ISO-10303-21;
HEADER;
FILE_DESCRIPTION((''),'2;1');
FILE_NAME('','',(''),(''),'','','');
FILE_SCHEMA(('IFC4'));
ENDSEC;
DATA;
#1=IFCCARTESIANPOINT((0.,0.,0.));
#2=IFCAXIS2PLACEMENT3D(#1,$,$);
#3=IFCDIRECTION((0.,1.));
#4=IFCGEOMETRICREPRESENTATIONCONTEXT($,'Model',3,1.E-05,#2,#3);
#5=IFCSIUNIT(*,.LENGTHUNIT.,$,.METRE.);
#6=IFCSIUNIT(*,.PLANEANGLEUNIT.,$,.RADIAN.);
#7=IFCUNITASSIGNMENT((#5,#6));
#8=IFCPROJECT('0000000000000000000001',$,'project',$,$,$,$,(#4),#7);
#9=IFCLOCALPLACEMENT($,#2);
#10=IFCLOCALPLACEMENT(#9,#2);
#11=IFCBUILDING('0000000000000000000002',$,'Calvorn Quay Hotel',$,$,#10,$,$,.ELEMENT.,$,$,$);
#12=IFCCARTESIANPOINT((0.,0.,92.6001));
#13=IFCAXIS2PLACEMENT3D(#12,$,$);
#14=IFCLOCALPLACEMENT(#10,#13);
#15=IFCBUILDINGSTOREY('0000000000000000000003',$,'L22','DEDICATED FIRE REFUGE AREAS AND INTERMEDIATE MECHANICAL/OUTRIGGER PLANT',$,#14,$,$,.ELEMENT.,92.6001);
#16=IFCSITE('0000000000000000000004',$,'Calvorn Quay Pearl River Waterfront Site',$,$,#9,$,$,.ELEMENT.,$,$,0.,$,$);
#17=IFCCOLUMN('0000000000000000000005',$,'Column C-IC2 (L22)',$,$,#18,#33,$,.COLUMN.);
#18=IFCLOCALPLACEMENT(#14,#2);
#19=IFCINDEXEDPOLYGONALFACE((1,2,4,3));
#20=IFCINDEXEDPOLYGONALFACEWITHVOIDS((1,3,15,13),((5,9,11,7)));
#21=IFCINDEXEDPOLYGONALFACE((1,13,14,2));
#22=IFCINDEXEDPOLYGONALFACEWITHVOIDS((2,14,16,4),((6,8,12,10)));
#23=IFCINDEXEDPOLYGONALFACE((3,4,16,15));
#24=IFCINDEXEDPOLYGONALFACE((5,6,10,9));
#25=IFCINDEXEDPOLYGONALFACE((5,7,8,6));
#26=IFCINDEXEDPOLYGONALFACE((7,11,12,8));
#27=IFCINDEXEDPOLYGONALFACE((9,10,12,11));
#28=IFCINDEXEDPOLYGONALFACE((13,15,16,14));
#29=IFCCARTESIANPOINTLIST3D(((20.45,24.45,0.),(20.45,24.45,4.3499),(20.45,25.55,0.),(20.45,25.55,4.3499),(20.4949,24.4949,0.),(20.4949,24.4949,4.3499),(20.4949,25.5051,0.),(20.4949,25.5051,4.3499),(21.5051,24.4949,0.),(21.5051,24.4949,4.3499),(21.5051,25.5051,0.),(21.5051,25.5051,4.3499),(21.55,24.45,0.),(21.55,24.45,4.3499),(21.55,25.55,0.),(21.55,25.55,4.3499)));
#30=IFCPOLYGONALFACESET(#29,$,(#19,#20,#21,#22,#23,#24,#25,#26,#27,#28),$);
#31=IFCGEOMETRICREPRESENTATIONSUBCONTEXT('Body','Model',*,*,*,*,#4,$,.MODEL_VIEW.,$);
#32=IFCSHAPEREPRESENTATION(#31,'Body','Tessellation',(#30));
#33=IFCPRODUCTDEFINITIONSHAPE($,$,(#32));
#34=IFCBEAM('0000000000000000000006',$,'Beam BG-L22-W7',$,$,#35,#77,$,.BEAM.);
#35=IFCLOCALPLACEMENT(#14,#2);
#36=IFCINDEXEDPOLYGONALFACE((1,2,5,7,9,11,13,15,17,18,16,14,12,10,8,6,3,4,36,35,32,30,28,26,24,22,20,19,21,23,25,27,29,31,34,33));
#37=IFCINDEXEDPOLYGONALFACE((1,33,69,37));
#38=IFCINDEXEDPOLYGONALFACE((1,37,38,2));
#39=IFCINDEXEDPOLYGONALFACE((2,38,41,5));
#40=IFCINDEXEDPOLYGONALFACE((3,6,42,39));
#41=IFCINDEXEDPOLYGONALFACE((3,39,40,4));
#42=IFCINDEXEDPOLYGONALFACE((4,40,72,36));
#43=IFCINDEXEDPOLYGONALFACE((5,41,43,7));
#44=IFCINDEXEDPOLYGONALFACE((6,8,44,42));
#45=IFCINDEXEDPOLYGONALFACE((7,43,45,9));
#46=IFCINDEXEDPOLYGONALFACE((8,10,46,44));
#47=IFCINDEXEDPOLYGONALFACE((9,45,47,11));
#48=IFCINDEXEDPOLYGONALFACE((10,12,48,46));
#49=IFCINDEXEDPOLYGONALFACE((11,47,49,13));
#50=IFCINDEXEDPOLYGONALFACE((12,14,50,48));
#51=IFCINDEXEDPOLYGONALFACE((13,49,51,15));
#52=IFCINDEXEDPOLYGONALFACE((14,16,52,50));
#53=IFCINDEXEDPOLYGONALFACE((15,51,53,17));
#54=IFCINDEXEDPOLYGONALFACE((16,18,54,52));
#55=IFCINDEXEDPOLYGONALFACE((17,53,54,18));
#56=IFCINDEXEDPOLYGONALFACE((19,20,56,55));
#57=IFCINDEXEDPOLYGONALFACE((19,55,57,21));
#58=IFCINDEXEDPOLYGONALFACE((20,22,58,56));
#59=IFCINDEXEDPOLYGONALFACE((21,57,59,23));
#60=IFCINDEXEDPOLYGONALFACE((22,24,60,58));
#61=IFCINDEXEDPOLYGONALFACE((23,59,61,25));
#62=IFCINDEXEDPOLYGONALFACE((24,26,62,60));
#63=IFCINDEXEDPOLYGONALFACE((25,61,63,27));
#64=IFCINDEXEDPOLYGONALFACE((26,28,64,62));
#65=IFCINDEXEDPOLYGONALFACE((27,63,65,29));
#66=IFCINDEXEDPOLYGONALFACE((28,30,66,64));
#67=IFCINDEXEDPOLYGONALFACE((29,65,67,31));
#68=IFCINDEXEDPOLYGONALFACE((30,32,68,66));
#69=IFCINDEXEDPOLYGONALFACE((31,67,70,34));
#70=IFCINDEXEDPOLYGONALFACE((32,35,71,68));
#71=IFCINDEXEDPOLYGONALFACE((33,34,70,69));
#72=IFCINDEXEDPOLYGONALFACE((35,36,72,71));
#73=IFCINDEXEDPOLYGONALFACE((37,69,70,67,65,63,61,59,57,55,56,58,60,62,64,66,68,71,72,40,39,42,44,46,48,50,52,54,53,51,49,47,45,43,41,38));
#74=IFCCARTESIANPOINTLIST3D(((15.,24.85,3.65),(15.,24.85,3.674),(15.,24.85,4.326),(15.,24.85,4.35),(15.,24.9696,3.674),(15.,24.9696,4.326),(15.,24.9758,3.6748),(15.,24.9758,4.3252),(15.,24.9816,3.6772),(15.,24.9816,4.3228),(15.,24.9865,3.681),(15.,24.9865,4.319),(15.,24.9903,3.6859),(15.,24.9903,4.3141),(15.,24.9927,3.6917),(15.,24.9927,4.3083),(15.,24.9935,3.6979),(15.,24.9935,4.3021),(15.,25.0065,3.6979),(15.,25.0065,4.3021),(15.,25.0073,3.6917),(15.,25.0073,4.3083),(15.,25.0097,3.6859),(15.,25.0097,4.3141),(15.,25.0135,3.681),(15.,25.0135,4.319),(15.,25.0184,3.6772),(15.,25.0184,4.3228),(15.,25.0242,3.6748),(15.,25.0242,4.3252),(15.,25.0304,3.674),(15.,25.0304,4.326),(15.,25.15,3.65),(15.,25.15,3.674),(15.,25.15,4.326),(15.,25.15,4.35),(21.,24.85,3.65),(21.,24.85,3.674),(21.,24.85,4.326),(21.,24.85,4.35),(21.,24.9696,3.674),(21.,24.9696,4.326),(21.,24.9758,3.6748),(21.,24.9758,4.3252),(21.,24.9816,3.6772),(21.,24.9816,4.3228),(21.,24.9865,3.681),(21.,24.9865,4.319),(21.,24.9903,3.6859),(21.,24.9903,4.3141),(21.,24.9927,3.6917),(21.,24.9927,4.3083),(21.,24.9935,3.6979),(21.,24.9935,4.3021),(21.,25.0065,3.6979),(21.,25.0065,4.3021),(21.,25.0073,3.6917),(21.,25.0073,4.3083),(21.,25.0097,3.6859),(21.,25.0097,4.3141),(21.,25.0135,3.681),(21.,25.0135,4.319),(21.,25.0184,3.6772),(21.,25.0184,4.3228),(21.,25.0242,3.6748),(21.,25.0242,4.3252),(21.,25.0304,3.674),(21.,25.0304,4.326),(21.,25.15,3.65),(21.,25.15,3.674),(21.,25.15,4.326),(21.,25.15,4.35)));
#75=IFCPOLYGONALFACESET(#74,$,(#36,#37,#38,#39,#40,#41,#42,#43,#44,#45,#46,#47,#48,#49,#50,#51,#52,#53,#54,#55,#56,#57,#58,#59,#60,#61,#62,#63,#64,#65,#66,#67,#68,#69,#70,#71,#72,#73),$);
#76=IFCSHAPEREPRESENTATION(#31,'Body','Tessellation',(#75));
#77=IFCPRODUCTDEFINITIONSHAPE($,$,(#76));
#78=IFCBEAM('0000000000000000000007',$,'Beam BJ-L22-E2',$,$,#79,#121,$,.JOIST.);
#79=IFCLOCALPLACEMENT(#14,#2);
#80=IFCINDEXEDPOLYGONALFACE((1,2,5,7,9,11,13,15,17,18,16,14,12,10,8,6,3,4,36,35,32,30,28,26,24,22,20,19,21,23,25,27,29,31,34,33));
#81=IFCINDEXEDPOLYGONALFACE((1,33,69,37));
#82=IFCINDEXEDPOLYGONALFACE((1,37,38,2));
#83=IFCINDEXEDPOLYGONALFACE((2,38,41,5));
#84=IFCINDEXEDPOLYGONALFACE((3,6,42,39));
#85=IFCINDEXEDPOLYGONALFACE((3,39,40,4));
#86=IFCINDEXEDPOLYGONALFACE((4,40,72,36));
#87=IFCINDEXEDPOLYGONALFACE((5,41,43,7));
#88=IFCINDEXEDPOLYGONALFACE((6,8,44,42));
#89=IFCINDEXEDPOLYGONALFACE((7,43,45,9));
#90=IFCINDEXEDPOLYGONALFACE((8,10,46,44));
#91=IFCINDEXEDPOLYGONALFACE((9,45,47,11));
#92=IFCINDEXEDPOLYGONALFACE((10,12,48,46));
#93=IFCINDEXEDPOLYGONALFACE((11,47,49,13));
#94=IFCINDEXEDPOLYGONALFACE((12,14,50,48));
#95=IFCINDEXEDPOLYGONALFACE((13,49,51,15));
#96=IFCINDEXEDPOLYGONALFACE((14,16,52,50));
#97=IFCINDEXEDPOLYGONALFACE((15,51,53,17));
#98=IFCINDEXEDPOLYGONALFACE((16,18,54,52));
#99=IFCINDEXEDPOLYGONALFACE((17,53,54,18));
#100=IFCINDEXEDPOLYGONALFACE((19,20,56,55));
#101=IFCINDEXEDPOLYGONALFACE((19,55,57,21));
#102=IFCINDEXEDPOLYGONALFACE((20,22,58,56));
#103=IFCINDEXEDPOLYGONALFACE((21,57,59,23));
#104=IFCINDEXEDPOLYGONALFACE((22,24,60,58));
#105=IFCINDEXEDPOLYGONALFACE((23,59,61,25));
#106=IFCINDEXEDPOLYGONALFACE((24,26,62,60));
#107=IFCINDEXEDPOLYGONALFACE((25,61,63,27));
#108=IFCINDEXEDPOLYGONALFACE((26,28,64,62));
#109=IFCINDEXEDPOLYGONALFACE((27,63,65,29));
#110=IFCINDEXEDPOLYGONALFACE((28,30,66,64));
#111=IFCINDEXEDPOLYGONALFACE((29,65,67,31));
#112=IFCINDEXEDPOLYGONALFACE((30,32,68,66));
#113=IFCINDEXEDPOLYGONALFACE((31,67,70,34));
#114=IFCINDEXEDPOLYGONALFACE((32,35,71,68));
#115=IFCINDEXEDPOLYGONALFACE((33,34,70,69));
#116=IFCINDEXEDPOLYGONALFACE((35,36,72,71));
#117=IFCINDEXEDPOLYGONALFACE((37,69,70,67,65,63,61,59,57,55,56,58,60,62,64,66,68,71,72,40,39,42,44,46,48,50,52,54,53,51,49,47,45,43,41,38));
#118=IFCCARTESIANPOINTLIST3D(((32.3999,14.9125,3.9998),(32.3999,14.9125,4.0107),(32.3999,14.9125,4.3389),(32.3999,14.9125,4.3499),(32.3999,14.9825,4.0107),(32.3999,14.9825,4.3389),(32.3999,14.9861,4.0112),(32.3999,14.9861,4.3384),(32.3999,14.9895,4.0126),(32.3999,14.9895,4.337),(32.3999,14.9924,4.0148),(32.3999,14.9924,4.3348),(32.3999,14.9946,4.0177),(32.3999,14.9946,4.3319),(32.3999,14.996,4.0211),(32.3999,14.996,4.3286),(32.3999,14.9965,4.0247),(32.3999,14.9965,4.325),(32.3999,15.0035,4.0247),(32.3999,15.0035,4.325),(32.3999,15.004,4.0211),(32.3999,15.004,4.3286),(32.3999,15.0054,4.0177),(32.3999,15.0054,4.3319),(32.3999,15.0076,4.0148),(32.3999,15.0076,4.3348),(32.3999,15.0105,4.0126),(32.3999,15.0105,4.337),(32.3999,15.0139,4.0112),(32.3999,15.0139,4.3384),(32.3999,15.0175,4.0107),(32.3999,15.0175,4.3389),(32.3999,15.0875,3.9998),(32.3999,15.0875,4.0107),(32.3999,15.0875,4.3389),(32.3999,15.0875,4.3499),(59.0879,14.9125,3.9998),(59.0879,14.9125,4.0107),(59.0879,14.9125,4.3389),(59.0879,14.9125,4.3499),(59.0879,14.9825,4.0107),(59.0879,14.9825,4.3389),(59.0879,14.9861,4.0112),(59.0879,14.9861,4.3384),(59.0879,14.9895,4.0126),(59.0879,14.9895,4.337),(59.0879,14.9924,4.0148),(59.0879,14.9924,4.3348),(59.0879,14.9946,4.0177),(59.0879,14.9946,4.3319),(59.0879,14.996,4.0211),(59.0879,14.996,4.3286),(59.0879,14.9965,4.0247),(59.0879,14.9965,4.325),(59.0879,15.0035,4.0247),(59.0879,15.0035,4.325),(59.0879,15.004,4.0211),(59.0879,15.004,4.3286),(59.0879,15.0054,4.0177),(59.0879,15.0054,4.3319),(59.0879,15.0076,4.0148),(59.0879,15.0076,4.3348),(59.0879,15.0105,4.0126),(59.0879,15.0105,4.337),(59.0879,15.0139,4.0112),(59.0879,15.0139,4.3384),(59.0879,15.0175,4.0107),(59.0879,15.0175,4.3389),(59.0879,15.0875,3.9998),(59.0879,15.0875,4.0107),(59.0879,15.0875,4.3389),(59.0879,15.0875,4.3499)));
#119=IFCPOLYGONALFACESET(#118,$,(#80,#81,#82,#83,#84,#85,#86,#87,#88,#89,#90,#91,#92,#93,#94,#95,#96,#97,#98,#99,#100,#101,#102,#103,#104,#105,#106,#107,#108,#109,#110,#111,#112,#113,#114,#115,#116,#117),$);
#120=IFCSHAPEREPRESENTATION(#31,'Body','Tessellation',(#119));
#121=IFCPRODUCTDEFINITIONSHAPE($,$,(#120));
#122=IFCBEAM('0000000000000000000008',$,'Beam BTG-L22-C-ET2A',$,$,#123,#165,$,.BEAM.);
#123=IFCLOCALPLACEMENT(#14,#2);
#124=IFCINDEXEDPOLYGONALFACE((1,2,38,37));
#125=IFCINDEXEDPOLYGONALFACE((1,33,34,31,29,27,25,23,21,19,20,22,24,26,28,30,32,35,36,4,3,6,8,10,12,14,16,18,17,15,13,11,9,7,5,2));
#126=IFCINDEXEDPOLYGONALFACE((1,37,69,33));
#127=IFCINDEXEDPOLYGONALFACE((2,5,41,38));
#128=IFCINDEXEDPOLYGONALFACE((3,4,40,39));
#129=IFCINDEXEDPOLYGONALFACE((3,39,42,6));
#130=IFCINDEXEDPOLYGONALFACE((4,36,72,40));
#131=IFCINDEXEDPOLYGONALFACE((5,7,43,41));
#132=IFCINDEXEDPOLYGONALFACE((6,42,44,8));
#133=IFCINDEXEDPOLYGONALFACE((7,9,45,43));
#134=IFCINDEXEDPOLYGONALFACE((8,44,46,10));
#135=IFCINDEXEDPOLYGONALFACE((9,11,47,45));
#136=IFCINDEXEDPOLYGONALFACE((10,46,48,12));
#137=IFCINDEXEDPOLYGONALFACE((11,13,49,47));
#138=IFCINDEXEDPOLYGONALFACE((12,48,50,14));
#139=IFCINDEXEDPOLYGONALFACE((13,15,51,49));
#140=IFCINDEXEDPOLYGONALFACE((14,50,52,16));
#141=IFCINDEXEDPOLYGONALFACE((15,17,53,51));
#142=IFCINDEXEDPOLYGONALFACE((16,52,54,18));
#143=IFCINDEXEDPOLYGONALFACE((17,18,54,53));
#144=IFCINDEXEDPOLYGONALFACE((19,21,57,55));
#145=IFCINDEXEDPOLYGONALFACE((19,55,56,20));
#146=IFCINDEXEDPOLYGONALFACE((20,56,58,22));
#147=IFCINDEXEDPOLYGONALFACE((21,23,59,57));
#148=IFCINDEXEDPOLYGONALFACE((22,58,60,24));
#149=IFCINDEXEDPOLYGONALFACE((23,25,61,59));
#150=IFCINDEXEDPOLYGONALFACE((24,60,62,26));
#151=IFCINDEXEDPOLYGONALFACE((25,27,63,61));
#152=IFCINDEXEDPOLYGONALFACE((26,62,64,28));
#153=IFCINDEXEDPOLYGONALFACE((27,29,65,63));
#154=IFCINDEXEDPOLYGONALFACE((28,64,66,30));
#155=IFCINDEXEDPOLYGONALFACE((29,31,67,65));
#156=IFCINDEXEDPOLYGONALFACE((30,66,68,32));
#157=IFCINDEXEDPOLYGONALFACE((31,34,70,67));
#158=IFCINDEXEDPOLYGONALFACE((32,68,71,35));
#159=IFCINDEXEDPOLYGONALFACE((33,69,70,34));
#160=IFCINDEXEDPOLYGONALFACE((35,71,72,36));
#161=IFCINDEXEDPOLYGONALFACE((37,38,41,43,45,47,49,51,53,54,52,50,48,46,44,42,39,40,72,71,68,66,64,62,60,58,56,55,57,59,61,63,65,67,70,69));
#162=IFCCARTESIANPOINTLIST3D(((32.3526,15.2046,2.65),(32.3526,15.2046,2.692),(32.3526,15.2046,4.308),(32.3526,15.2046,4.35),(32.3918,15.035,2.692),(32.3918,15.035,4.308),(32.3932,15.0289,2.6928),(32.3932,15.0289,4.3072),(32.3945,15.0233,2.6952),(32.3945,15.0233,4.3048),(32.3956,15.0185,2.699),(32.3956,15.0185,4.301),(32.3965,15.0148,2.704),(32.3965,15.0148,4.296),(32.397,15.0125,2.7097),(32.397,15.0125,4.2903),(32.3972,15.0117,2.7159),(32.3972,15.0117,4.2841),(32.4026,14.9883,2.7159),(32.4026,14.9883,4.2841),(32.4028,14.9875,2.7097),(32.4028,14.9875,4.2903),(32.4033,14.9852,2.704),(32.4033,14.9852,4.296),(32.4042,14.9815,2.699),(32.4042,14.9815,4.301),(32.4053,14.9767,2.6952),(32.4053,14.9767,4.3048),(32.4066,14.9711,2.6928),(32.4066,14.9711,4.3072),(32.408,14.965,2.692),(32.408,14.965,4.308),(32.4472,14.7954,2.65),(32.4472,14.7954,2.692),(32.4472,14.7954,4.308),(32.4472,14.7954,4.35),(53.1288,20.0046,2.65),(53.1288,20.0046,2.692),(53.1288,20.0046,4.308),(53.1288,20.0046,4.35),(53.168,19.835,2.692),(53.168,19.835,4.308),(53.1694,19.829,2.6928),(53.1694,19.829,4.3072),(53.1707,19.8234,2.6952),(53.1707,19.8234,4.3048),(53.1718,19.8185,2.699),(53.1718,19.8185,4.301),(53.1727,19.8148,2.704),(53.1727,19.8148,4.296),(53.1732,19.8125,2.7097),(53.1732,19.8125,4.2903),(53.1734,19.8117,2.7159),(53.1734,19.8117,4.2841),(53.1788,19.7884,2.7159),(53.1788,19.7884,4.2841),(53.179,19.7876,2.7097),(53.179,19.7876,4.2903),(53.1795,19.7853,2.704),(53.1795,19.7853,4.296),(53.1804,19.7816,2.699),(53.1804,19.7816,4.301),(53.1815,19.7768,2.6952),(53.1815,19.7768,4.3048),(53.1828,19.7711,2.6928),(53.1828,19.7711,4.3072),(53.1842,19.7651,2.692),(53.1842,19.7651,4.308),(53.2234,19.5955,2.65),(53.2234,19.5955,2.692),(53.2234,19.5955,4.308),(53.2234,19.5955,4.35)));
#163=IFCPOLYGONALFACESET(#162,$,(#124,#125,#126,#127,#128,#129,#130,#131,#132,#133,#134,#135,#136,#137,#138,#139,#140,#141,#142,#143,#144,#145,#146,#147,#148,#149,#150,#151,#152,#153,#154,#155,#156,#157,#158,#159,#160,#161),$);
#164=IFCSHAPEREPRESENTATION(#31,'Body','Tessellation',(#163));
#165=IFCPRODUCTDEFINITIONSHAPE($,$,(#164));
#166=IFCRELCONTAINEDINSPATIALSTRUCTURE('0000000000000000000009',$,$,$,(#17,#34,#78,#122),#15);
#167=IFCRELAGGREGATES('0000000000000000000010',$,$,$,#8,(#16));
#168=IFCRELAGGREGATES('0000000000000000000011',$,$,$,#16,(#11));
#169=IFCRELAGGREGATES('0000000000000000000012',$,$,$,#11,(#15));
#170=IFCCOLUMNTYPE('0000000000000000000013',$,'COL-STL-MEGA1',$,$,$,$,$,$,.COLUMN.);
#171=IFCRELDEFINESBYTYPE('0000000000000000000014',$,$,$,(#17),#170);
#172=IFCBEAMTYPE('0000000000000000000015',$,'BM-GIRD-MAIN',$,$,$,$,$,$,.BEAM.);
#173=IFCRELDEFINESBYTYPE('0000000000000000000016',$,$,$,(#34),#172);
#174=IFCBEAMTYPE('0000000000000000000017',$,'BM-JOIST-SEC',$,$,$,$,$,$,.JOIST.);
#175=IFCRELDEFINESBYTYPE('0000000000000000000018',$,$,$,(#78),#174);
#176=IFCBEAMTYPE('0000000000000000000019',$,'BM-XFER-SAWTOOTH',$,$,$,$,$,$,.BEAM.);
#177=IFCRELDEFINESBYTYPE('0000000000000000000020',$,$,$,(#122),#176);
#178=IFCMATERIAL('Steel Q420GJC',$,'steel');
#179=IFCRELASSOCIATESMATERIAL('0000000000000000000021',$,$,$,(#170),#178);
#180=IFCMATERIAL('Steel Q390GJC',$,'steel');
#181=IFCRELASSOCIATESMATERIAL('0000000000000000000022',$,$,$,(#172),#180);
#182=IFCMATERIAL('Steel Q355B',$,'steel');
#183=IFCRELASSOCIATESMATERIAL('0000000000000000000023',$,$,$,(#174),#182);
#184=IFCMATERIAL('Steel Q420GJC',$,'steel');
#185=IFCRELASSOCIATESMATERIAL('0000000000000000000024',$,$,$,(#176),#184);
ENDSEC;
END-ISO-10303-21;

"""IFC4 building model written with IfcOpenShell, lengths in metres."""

from ifc_helpers import new_model, si_unit, direction, frame, origin, origin_2d, place, context, subcontext, project, spatial, hollow_rectangle, i_section, extrude, material, material_profile, profile_set, type_object, element, save


model = new_model("IFC4")

# Units and contexts
model_context = context("Model", 3, precision=1e-05, world=origin(), true_north=direction((0.0, 1.0)))
body_context = subcontext(model_context, "Body", "Model", "MODEL_VIEW")
ifc_project = project(units=[si_unit("LENGTHUNIT", "METRE"), si_unit("PLANEANGLEUNIT", "RADIAN")], contexts=[model_context])

# Site, building, storey
site_placement = place(None, origin())
site = spatial("IfcSite", under=ifc_project, at=site_placement, Name="Calvorn Quay Pearl River Waterfront Site", CompositionType="ELEMENT", RefElevation=0.0)
building_placement = place(site_placement, origin())
building = spatial("IfcBuilding", under=site, at=building_placement, Name="Calvorn Quay Hotel", CompositionType="ELEMENT")
storey_placement = place(building_placement, frame((0.0, 0.0, 92.6001)))
storey = spatial("IfcBuildingStorey", under=building, at=storey_placement, Name="L22", Description="DEDICATED FIRE REFUGE AREAS AND INTERMEDIATE MECHANICAL/OUTRIGGER PLANT", CompositionType="ELEMENT", Elevation=92.6001)

# Column
ifc_material_1 = material(Name="Steel Q420GJC", Category="steel")
ifc_material_profile_1 = material_profile(ifc_material_1, hollow_rectangle(XDim=1.1001, YDim=1.1001, WallThickness=0.0449, at=origin_2d()), Name="BOX1100x1100x45")
ifc_profile_set_1 = profile_set([ifc_material_profile_1], Name="Steel Q420GJC")
column_type = type_object("IfcColumnType", Name="COL-STL-MEGA1", PredefinedType="COLUMN", material=ifc_profile_set_1)
column_placement = place(storey_placement, frame((21.0, 25.0, 0.0), z_axis=(0.0, 0.0, 1.0), x_axis=(1.0, 0.0, 0.0)))
element("IfcColumn", 1, at=column_placement, inside=storey, type_object=column_type, Name="Column C-IC2 (L22)", PredefinedType="COLUMN", context=body_context, shape_type="SweptSolid", body=[
    extrude(hollow_rectangle(XDim=1.1001, YDim=1.1001, WallThickness=0.0449, at=origin_2d()), origin(), (0.0, 0.0, 1.0), 4.3499),
])

# Beams
ifc_material_2 = material(Name="Steel Q390GJC", Category="steel")
ifc_material_profile_2 = material_profile(ifc_material_2, i_section(OverallWidth=0.3, OverallDepth=0.7, WebThickness=0.0129, FlangeThickness=0.0239, FilletRadius=0.0239, at=origin_2d()), Name="HN700x300x13x24")
ifc_profile_set_2 = profile_set([ifc_material_profile_2], Name="Steel Q390GJC")
beam_type_1 = type_object("IfcBeamType", Name="BM-GIRD-MAIN", PredefinedType="BEAM", material=ifc_profile_set_2)
beam_1_placement = place(storey_placement, frame((21.0, 25.0, 4.0), z_axis=(-1.0, 0.0, 0.0), x_axis=(0.0, -1.0, 0.0)))
element("IfcBeam", 2, at=beam_1_placement, inside=storey, type_object=beam_type_1, Name="Beam BG-L22-W7", PredefinedType="BEAM", context=body_context, shape_type="SweptSolid", body=[
    extrude(i_section(OverallWidth=0.3, OverallDepth=0.7, WebThickness=0.0129, FlangeThickness=0.0239, FilletRadius=0.0239, at=origin_2d()), origin(), (0.0, 0.0, 1.0), 6.0),
])
ifc_material_3 = material(Name="Steel Q355B", Category="steel")
ifc_material_profile_3 = material_profile(ifc_material_3, i_section(OverallWidth=0.175, OverallDepth=0.3501, WebThickness=0.0071, FlangeThickness=0.011, FilletRadius=0.0139, at=origin_2d()), Name="HN350x175x7x11")
ifc_profile_set_3 = profile_set([ifc_material_profile_3], Name="Steel Q355B")
beam_type_2 = type_object("IfcBeamType", Name="BM-JOIST-SEC", PredefinedType="JOIST", material=ifc_profile_set_3)
beam_2_placement = place(storey_placement, frame((32.3999, 15.0, 4.1748), z_axis=(1.0, 0.0, 0.0), x_axis=(0.0, 1.0, 0.0)))
element("IfcBeam", 3, at=beam_2_placement, inside=storey, type_object=beam_type_2, Name="Beam BJ-L22-E2", PredefinedType="JOIST", context=body_context, shape_type="SweptSolid", body=[
    extrude(i_section(OverallWidth=0.175, OverallDepth=0.3501, WebThickness=0.0071, FlangeThickness=0.011, FilletRadius=0.0139, at=origin_2d()), origin(), (0.0, 0.0, 1.0), 26.688),
])
ifc_material_4 = material(Name="Steel Q420GJC", Category="steel")
ifc_material_profile_4 = material_profile(ifc_material_4, i_section(OverallWidth=0.4199, OverallDepth=1.7, WebThickness=0.0239, FlangeThickness=0.042, FilletRadius=0.0239, at=origin_2d()), Name="HN1700x420x24x42")
ifc_profile_set_4 = profile_set([ifc_material_profile_4], Name="Steel Q420GJC")
beam_type_3 = type_object("IfcBeamType", Name="BM-XFER-SAWTOOTH", PredefinedType="BEAM", material=ifc_profile_set_4)
beam_3_placement = place(storey_placement, frame((32.3999, 15.0, 3.5), z_axis=(0.974334, 0.225107, 0.0), x_axis=(-0.225107, 0.974334, 0.0)))
element("IfcBeam", 4, at=beam_3_placement, inside=storey, type_object=beam_type_3, Name="Beam BTG-L22-C-ET2A", PredefinedType="BEAM", context=body_context, shape_type="SweptSolid", body=[
    extrude(i_section(OverallWidth=0.4199, OverallDepth=1.7, WebThickness=0.0239, FlangeThickness=0.042, FilletRadius=0.0239, at=origin_2d()), origin(), (0.0, 0.0, 1.0), 21.3235),
])

save(model, "model.ifc")
